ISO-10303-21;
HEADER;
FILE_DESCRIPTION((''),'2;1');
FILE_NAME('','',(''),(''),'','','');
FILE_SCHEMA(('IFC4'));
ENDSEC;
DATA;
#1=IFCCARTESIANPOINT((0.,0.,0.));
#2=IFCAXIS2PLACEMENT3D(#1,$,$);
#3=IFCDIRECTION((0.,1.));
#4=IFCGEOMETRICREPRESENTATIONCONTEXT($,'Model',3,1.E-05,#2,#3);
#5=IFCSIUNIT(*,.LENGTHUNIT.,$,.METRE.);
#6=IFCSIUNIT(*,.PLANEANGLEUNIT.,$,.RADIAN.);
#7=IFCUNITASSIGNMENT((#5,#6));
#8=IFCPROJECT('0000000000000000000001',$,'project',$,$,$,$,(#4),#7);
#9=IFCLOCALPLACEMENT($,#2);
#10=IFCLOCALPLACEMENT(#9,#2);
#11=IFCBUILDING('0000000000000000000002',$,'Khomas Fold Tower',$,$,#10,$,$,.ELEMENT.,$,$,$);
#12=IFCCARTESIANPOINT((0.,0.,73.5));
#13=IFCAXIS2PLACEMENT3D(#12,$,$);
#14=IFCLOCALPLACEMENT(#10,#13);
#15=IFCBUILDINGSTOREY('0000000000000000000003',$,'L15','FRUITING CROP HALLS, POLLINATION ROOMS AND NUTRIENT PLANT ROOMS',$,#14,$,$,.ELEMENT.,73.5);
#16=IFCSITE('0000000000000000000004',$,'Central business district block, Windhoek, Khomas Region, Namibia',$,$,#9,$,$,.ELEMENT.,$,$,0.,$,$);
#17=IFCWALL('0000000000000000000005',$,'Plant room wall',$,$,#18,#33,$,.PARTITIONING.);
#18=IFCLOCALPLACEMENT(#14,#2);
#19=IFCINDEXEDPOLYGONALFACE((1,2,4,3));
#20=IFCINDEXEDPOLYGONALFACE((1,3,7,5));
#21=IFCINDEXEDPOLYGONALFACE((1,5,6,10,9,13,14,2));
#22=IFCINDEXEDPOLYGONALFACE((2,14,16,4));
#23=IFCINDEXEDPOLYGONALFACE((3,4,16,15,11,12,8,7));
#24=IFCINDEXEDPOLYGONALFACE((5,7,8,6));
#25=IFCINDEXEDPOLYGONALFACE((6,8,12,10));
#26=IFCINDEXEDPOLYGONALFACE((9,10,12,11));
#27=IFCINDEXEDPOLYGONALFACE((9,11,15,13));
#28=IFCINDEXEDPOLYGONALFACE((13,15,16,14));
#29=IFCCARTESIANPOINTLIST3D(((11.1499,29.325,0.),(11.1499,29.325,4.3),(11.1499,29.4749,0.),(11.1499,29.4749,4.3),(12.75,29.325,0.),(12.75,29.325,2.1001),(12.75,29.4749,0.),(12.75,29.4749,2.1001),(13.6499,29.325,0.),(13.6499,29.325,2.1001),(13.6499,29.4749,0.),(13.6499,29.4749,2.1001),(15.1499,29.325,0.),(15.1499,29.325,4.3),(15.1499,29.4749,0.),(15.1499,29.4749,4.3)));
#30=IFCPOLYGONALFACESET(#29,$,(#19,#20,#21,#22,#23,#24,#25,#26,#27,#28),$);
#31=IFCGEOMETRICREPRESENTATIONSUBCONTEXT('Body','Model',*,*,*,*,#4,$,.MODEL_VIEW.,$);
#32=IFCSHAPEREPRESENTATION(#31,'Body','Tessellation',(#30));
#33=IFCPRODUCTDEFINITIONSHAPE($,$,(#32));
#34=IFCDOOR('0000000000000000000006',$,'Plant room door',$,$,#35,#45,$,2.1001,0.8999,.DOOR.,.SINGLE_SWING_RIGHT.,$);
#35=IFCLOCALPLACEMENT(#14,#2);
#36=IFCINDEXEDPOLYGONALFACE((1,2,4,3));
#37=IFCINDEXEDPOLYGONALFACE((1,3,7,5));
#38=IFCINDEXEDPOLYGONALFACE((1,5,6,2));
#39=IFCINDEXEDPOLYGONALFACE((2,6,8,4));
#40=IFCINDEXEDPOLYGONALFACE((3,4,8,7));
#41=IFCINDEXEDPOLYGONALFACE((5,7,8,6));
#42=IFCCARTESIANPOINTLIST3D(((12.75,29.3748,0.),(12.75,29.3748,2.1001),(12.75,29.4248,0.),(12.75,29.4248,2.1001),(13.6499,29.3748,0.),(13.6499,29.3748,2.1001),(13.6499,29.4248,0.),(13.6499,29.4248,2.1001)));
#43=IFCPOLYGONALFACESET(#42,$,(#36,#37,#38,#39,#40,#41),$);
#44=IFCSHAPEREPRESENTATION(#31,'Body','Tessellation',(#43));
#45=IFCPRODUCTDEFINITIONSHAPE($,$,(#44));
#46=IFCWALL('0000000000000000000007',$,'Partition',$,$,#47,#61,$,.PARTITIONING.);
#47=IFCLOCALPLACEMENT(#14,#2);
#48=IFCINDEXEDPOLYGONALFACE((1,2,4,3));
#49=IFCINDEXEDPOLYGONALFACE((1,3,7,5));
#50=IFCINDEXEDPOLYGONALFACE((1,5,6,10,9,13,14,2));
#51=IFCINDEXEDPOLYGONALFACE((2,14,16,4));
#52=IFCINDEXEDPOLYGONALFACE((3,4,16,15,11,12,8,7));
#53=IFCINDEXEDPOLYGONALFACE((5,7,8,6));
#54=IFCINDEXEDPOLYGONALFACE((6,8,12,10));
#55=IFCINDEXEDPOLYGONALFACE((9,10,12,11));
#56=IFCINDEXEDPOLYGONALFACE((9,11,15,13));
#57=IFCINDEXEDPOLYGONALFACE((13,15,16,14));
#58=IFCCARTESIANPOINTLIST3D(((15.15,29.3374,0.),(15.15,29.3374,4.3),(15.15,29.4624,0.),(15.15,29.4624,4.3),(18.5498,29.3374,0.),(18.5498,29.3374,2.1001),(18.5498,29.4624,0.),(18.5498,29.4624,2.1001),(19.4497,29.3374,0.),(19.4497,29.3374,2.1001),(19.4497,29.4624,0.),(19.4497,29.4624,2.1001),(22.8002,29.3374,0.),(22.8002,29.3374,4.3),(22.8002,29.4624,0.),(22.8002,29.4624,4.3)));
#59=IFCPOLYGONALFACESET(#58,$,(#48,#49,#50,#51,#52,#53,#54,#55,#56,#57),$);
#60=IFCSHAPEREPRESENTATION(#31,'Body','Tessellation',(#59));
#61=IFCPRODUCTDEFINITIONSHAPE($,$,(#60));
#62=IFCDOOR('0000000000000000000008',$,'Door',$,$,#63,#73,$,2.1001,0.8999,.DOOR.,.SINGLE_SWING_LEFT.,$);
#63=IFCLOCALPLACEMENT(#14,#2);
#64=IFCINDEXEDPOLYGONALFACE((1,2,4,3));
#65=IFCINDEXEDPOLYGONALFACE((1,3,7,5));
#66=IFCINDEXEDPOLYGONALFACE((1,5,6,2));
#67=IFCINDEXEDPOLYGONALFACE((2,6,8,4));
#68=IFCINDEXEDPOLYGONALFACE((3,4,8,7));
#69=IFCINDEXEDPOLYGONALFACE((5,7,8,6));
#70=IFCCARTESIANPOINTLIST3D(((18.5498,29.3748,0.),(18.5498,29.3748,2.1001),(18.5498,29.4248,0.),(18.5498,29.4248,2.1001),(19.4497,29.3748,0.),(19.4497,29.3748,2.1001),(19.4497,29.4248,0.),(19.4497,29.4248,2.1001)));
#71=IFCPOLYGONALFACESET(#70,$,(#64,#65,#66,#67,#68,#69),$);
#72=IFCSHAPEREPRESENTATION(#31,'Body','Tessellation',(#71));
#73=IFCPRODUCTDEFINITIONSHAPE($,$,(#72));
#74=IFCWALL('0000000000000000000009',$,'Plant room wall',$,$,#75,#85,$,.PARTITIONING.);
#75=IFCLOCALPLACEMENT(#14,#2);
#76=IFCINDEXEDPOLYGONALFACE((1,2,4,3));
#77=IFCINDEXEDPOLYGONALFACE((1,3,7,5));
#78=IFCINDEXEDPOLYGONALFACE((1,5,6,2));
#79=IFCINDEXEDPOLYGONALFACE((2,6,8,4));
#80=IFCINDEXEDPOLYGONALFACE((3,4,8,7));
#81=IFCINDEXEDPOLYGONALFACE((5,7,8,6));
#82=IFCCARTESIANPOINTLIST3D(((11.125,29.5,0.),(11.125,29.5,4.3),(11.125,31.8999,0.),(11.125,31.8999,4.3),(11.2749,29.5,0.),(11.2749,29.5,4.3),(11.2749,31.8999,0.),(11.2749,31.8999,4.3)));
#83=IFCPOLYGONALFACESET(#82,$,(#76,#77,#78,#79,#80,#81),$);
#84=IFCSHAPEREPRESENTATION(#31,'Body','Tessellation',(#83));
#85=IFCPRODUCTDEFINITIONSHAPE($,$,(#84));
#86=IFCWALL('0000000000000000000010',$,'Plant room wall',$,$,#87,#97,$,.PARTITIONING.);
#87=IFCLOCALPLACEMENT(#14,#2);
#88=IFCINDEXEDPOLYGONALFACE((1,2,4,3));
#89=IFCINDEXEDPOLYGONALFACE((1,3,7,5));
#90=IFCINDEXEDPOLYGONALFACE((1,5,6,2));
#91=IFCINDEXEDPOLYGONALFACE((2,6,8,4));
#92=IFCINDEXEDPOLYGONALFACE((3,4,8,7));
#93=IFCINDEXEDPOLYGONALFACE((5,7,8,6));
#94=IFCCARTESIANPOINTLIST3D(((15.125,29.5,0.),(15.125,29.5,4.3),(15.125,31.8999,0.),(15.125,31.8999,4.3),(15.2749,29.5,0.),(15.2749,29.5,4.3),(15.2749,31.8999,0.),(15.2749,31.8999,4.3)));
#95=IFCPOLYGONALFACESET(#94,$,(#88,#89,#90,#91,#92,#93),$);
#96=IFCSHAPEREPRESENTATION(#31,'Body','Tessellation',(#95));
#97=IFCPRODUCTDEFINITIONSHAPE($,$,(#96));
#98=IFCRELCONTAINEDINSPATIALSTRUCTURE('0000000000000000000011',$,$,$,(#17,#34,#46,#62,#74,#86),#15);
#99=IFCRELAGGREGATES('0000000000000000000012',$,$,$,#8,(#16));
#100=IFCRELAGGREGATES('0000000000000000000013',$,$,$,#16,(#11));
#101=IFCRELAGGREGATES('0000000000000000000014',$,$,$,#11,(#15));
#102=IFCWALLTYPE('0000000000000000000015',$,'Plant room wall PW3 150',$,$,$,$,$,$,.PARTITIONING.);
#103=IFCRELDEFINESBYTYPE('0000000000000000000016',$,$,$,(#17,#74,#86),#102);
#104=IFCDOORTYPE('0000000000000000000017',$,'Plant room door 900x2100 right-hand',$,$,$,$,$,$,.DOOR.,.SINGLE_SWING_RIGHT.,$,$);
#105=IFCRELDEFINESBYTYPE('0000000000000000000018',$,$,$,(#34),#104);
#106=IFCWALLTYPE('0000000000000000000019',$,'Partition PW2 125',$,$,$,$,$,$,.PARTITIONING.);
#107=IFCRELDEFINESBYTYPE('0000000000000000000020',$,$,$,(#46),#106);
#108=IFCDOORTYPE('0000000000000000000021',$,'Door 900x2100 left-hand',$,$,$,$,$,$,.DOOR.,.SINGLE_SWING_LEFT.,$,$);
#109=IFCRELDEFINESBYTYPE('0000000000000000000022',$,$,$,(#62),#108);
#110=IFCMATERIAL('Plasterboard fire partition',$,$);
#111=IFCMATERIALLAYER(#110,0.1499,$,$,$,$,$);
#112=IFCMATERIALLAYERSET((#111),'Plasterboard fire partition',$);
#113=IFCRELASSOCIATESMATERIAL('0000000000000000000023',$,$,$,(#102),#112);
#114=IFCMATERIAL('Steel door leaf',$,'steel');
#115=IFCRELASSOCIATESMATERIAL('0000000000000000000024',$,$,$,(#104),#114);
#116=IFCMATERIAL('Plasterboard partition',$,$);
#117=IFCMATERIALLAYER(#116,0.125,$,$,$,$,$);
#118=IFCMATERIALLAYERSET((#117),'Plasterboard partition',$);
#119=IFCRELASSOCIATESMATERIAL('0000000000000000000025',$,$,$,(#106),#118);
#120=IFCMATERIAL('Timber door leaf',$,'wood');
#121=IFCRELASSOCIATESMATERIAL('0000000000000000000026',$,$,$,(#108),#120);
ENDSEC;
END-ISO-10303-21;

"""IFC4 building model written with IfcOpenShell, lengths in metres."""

from ifc_helpers import new_model, si_unit, direction, frame, frame_2d, origin, place, context, subcontext, project, spatial, rectangle, extrude, source, transform, mapped, material, layer, layer_set, type_object, element, fill, save


model = new_model("IFC4")

# Units and contexts
model_context = context("Model", 3, precision=1e-05, world=origin(), true_north=direction((0.0, 1.0)))
body_context = subcontext(model_context, "Body", "Model", "MODEL_VIEW")
ifc_project = project(units=[si_unit("LENGTHUNIT", "METRE"), si_unit("PLANEANGLEUNIT", "RADIAN")], contexts=[model_context])

# Site, building, storey
site_placement = place(None, origin())
site = spatial("IfcSite", under=ifc_project, at=site_placement, Name="Central business district block, Windhoek, Khomas Region, Namibia", CompositionType="ELEMENT", RefElevation=0.0)
building_placement = place(site_placement, origin())
building = spatial("IfcBuilding", under=site, at=building_placement, Name="Khomas Fold Tower", CompositionType="ELEMENT")
storey_placement = place(building_placement, frame((0.0, 0.0, 73.5)))
storey = spatial("IfcBuildingStorey", under=building, at=storey_placement, Name="L15", Description="FRUITING CROP HALLS, POLLINATION ROOMS AND NUTRIENT PLANT ROOMS", CompositionType="ELEMENT", Elevation=73.5)

# Walls, openings, doors
ifc_material_1 = material(Name="Plasterboard fire partition")
ifc_layer_1 = layer(ifc_material_1, 0.1499)
ifc_layer_set_1 = layer_set([ifc_layer_1], Name="Plasterboard fire partition")
wall_type_1 = type_object("IfcWallType", Name="Plant room wall PW3 150", PredefinedType="PARTITIONING", material=ifc_layer_set_1)
shared_shape_1 = source(origin(), body_context, "Body", "SweptSolid", [
    extrude(rectangle(XDim=4.0, YDim=0.1499, at=frame_2d((2.0, 0.0))), origin(), (0.0, 0.0, 1.0), 4.3),
])
wall_1_placement = place(storey_placement, frame((11.1499, 29.3999, 0.0), z_axis=(0.0, 0.0, 1.0), x_axis=(1.0, 0.0, 0.0)))
wall_1 = element("IfcWall", 1, at=wall_1_placement, inside=storey, type_object=wall_type_1, Name="Plant room wall", PredefinedType="PARTITIONING", context=body_context, shape_type="MappedRepresentation", body=[
    mapped(shared_shape_1, transform((0.0, 0.0, 0.0))),
])
shared_shape_2 = source(origin(), body_context, "Body", "SweptSolid", [
    extrude(rectangle(XDim=0.8999, YDim=2.1001, at=frame_2d((0.45, 1.05))), frame((0.0, 0.085, 0.0), z_axis=(0.0, -1.0, 0.0), x_axis=(1.0, 0.0, 0.0)), (0.0, 0.0, 1.0), 0.1699),
])
opening_1_placement = place(wall_1_placement, frame((1.6001, 0.0, 0.0)))
opening_1 = element("IfcOpeningElement", 2, at=opening_1_placement, cuts=wall_1, PredefinedType="OPENING", context=body_context, shape_type="MappedRepresentation", body=[
    mapped(shared_shape_2, transform((0.0, 0.0, 0.0))),
])
ifc_material_2 = material(Name="Steel door leaf", Category="steel")
door_type_1 = type_object("IfcDoorType", Name="Plant room door 900x2100 right-hand", OperationType="SINGLE_SWING_RIGHT", PredefinedType="DOOR", material=ifc_material_2)
shared_shape_3 = source(origin(), body_context, "Body", "SweptSolid", [
    extrude(rectangle(XDim=0.8999, YDim=2.1001, at=frame_2d((0.45, 1.05))), frame((0.0, 0.0249, 0.0), z_axis=(0.0, -1.0, 0.0), x_axis=(1.0, 0.0, 0.0)), (0.0, 0.0, 1.0), 0.05),
])
door_1_placement = place(opening_1_placement, origin())
door_1 = element("IfcDoor", 3, at=door_1_placement, inside=storey, type_object=door_type_1, Name="Plant room door", OperationType="SINGLE_SWING_RIGHT", OverallHeight=2.1001, OverallWidth=0.8999, PredefinedType="DOOR", context=body_context, shape_type="MappedRepresentation", body=[
    mapped(shared_shape_3, transform((0.0, 0.0, 0.0))),
])
fill(opening_1, door_1)
ifc_material_3 = material(Name="Plasterboard partition")
ifc_layer_2 = layer(ifc_material_3, 0.125)
ifc_layer_set_2 = layer_set([ifc_layer_2], Name="Plasterboard partition")
wall_type_2 = type_object("IfcWallType", Name="Partition PW2 125", PredefinedType="PARTITIONING", material=ifc_layer_set_2)
shared_shape_4 = source(origin(), body_context, "Body", "SweptSolid", [
    extrude(rectangle(XDim=7.6501, YDim=0.125, at=frame_2d((3.8252, 0.0))), origin(), (0.0, 0.0, 1.0), 4.3),
])
wall_2_placement = place(storey_placement, frame((15.1499, 29.3999, 0.0), z_axis=(0.0, 0.0, 1.0), x_axis=(1.0, 0.0, 0.0)))
wall_2 = element("IfcWall", 4, at=wall_2_placement, inside=storey, type_object=wall_type_2, Name="Partition", PredefinedType="PARTITIONING", context=body_context, shape_type="MappedRepresentation", body=[
    mapped(shared_shape_4, transform((0.0, 0.0, 0.0))),
])
shared_shape_5 = source(origin(), body_context, "Body", "SweptSolid", [
    extrude(rectangle(XDim=0.8999, YDim=2.1001, at=frame_2d((0.45, 1.05))), frame((0.0, 0.0725, 0.0), z_axis=(0.0, -1.0, 0.0), x_axis=(1.0, 0.0, 0.0)), (0.0, 0.0, 1.0), 0.145),
])
opening_2_placement = place(wall_2_placement, frame((3.3999, 0.0, 0.0)))
opening_2 = element("IfcOpeningElement", 5, at=opening_2_placement, cuts=wall_2, PredefinedType="OPENING", context=body_context, shape_type="MappedRepresentation", body=[
    mapped(shared_shape_5, transform((0.0, 0.0, 0.0))),
])
ifc_material_4 = material(Name="Timber door leaf", Category="wood")
door_type_2 = type_object("IfcDoorType", Name="Door 900x2100 left-hand", OperationType="SINGLE_SWING_LEFT", PredefinedType="DOOR", material=ifc_material_4)
door_2_placement = place(opening_2_placement, origin())
door_2 = element("IfcDoor", 6, at=door_2_placement, inside=storey, type_object=door_type_2, Name="Door", OperationType="SINGLE_SWING_LEFT", OverallHeight=2.1001, OverallWidth=0.8999, PredefinedType="DOOR", context=body_context, shape_type="MappedRepresentation", body=[
    mapped(shared_shape_3, transform((0.0, 0.0, 0.0))),
])
fill(opening_2, door_2)

# Walls
shared_shape_6 = source(origin(), body_context, "Body", "SweptSolid", [
    extrude(rectangle(XDim=2.3999, YDim=0.1499, at=frame_2d((1.2, 0.0))), origin(), (0.0, 0.0, 1.0), 4.3),
])
for number, where, z_axis, x_axis, name in (
    (7, (11.2, 29.5, 0.0), (0.0, 0.0, 1.0), (0.0, 1.0, 0.0), "Plant room wall"),
    (8, (15.2, 29.5, 0.0), (0.0, 0.0, 1.0), (0.0, 1.0, 0.0), "Plant room wall"),
):
    element("IfcWall", number, at=place(storey_placement, frame(where, z_axis=z_axis, x_axis=x_axis)), inside=storey, type_object=wall_type_1, Name=name, PredefinedType="PARTITIONING", context=body_context, shape_type="MappedRepresentation", body=[
        mapped(shared_shape_6, transform((0.0, 0.0, 0.0))),
    ])

save(model, "model.ifc")
